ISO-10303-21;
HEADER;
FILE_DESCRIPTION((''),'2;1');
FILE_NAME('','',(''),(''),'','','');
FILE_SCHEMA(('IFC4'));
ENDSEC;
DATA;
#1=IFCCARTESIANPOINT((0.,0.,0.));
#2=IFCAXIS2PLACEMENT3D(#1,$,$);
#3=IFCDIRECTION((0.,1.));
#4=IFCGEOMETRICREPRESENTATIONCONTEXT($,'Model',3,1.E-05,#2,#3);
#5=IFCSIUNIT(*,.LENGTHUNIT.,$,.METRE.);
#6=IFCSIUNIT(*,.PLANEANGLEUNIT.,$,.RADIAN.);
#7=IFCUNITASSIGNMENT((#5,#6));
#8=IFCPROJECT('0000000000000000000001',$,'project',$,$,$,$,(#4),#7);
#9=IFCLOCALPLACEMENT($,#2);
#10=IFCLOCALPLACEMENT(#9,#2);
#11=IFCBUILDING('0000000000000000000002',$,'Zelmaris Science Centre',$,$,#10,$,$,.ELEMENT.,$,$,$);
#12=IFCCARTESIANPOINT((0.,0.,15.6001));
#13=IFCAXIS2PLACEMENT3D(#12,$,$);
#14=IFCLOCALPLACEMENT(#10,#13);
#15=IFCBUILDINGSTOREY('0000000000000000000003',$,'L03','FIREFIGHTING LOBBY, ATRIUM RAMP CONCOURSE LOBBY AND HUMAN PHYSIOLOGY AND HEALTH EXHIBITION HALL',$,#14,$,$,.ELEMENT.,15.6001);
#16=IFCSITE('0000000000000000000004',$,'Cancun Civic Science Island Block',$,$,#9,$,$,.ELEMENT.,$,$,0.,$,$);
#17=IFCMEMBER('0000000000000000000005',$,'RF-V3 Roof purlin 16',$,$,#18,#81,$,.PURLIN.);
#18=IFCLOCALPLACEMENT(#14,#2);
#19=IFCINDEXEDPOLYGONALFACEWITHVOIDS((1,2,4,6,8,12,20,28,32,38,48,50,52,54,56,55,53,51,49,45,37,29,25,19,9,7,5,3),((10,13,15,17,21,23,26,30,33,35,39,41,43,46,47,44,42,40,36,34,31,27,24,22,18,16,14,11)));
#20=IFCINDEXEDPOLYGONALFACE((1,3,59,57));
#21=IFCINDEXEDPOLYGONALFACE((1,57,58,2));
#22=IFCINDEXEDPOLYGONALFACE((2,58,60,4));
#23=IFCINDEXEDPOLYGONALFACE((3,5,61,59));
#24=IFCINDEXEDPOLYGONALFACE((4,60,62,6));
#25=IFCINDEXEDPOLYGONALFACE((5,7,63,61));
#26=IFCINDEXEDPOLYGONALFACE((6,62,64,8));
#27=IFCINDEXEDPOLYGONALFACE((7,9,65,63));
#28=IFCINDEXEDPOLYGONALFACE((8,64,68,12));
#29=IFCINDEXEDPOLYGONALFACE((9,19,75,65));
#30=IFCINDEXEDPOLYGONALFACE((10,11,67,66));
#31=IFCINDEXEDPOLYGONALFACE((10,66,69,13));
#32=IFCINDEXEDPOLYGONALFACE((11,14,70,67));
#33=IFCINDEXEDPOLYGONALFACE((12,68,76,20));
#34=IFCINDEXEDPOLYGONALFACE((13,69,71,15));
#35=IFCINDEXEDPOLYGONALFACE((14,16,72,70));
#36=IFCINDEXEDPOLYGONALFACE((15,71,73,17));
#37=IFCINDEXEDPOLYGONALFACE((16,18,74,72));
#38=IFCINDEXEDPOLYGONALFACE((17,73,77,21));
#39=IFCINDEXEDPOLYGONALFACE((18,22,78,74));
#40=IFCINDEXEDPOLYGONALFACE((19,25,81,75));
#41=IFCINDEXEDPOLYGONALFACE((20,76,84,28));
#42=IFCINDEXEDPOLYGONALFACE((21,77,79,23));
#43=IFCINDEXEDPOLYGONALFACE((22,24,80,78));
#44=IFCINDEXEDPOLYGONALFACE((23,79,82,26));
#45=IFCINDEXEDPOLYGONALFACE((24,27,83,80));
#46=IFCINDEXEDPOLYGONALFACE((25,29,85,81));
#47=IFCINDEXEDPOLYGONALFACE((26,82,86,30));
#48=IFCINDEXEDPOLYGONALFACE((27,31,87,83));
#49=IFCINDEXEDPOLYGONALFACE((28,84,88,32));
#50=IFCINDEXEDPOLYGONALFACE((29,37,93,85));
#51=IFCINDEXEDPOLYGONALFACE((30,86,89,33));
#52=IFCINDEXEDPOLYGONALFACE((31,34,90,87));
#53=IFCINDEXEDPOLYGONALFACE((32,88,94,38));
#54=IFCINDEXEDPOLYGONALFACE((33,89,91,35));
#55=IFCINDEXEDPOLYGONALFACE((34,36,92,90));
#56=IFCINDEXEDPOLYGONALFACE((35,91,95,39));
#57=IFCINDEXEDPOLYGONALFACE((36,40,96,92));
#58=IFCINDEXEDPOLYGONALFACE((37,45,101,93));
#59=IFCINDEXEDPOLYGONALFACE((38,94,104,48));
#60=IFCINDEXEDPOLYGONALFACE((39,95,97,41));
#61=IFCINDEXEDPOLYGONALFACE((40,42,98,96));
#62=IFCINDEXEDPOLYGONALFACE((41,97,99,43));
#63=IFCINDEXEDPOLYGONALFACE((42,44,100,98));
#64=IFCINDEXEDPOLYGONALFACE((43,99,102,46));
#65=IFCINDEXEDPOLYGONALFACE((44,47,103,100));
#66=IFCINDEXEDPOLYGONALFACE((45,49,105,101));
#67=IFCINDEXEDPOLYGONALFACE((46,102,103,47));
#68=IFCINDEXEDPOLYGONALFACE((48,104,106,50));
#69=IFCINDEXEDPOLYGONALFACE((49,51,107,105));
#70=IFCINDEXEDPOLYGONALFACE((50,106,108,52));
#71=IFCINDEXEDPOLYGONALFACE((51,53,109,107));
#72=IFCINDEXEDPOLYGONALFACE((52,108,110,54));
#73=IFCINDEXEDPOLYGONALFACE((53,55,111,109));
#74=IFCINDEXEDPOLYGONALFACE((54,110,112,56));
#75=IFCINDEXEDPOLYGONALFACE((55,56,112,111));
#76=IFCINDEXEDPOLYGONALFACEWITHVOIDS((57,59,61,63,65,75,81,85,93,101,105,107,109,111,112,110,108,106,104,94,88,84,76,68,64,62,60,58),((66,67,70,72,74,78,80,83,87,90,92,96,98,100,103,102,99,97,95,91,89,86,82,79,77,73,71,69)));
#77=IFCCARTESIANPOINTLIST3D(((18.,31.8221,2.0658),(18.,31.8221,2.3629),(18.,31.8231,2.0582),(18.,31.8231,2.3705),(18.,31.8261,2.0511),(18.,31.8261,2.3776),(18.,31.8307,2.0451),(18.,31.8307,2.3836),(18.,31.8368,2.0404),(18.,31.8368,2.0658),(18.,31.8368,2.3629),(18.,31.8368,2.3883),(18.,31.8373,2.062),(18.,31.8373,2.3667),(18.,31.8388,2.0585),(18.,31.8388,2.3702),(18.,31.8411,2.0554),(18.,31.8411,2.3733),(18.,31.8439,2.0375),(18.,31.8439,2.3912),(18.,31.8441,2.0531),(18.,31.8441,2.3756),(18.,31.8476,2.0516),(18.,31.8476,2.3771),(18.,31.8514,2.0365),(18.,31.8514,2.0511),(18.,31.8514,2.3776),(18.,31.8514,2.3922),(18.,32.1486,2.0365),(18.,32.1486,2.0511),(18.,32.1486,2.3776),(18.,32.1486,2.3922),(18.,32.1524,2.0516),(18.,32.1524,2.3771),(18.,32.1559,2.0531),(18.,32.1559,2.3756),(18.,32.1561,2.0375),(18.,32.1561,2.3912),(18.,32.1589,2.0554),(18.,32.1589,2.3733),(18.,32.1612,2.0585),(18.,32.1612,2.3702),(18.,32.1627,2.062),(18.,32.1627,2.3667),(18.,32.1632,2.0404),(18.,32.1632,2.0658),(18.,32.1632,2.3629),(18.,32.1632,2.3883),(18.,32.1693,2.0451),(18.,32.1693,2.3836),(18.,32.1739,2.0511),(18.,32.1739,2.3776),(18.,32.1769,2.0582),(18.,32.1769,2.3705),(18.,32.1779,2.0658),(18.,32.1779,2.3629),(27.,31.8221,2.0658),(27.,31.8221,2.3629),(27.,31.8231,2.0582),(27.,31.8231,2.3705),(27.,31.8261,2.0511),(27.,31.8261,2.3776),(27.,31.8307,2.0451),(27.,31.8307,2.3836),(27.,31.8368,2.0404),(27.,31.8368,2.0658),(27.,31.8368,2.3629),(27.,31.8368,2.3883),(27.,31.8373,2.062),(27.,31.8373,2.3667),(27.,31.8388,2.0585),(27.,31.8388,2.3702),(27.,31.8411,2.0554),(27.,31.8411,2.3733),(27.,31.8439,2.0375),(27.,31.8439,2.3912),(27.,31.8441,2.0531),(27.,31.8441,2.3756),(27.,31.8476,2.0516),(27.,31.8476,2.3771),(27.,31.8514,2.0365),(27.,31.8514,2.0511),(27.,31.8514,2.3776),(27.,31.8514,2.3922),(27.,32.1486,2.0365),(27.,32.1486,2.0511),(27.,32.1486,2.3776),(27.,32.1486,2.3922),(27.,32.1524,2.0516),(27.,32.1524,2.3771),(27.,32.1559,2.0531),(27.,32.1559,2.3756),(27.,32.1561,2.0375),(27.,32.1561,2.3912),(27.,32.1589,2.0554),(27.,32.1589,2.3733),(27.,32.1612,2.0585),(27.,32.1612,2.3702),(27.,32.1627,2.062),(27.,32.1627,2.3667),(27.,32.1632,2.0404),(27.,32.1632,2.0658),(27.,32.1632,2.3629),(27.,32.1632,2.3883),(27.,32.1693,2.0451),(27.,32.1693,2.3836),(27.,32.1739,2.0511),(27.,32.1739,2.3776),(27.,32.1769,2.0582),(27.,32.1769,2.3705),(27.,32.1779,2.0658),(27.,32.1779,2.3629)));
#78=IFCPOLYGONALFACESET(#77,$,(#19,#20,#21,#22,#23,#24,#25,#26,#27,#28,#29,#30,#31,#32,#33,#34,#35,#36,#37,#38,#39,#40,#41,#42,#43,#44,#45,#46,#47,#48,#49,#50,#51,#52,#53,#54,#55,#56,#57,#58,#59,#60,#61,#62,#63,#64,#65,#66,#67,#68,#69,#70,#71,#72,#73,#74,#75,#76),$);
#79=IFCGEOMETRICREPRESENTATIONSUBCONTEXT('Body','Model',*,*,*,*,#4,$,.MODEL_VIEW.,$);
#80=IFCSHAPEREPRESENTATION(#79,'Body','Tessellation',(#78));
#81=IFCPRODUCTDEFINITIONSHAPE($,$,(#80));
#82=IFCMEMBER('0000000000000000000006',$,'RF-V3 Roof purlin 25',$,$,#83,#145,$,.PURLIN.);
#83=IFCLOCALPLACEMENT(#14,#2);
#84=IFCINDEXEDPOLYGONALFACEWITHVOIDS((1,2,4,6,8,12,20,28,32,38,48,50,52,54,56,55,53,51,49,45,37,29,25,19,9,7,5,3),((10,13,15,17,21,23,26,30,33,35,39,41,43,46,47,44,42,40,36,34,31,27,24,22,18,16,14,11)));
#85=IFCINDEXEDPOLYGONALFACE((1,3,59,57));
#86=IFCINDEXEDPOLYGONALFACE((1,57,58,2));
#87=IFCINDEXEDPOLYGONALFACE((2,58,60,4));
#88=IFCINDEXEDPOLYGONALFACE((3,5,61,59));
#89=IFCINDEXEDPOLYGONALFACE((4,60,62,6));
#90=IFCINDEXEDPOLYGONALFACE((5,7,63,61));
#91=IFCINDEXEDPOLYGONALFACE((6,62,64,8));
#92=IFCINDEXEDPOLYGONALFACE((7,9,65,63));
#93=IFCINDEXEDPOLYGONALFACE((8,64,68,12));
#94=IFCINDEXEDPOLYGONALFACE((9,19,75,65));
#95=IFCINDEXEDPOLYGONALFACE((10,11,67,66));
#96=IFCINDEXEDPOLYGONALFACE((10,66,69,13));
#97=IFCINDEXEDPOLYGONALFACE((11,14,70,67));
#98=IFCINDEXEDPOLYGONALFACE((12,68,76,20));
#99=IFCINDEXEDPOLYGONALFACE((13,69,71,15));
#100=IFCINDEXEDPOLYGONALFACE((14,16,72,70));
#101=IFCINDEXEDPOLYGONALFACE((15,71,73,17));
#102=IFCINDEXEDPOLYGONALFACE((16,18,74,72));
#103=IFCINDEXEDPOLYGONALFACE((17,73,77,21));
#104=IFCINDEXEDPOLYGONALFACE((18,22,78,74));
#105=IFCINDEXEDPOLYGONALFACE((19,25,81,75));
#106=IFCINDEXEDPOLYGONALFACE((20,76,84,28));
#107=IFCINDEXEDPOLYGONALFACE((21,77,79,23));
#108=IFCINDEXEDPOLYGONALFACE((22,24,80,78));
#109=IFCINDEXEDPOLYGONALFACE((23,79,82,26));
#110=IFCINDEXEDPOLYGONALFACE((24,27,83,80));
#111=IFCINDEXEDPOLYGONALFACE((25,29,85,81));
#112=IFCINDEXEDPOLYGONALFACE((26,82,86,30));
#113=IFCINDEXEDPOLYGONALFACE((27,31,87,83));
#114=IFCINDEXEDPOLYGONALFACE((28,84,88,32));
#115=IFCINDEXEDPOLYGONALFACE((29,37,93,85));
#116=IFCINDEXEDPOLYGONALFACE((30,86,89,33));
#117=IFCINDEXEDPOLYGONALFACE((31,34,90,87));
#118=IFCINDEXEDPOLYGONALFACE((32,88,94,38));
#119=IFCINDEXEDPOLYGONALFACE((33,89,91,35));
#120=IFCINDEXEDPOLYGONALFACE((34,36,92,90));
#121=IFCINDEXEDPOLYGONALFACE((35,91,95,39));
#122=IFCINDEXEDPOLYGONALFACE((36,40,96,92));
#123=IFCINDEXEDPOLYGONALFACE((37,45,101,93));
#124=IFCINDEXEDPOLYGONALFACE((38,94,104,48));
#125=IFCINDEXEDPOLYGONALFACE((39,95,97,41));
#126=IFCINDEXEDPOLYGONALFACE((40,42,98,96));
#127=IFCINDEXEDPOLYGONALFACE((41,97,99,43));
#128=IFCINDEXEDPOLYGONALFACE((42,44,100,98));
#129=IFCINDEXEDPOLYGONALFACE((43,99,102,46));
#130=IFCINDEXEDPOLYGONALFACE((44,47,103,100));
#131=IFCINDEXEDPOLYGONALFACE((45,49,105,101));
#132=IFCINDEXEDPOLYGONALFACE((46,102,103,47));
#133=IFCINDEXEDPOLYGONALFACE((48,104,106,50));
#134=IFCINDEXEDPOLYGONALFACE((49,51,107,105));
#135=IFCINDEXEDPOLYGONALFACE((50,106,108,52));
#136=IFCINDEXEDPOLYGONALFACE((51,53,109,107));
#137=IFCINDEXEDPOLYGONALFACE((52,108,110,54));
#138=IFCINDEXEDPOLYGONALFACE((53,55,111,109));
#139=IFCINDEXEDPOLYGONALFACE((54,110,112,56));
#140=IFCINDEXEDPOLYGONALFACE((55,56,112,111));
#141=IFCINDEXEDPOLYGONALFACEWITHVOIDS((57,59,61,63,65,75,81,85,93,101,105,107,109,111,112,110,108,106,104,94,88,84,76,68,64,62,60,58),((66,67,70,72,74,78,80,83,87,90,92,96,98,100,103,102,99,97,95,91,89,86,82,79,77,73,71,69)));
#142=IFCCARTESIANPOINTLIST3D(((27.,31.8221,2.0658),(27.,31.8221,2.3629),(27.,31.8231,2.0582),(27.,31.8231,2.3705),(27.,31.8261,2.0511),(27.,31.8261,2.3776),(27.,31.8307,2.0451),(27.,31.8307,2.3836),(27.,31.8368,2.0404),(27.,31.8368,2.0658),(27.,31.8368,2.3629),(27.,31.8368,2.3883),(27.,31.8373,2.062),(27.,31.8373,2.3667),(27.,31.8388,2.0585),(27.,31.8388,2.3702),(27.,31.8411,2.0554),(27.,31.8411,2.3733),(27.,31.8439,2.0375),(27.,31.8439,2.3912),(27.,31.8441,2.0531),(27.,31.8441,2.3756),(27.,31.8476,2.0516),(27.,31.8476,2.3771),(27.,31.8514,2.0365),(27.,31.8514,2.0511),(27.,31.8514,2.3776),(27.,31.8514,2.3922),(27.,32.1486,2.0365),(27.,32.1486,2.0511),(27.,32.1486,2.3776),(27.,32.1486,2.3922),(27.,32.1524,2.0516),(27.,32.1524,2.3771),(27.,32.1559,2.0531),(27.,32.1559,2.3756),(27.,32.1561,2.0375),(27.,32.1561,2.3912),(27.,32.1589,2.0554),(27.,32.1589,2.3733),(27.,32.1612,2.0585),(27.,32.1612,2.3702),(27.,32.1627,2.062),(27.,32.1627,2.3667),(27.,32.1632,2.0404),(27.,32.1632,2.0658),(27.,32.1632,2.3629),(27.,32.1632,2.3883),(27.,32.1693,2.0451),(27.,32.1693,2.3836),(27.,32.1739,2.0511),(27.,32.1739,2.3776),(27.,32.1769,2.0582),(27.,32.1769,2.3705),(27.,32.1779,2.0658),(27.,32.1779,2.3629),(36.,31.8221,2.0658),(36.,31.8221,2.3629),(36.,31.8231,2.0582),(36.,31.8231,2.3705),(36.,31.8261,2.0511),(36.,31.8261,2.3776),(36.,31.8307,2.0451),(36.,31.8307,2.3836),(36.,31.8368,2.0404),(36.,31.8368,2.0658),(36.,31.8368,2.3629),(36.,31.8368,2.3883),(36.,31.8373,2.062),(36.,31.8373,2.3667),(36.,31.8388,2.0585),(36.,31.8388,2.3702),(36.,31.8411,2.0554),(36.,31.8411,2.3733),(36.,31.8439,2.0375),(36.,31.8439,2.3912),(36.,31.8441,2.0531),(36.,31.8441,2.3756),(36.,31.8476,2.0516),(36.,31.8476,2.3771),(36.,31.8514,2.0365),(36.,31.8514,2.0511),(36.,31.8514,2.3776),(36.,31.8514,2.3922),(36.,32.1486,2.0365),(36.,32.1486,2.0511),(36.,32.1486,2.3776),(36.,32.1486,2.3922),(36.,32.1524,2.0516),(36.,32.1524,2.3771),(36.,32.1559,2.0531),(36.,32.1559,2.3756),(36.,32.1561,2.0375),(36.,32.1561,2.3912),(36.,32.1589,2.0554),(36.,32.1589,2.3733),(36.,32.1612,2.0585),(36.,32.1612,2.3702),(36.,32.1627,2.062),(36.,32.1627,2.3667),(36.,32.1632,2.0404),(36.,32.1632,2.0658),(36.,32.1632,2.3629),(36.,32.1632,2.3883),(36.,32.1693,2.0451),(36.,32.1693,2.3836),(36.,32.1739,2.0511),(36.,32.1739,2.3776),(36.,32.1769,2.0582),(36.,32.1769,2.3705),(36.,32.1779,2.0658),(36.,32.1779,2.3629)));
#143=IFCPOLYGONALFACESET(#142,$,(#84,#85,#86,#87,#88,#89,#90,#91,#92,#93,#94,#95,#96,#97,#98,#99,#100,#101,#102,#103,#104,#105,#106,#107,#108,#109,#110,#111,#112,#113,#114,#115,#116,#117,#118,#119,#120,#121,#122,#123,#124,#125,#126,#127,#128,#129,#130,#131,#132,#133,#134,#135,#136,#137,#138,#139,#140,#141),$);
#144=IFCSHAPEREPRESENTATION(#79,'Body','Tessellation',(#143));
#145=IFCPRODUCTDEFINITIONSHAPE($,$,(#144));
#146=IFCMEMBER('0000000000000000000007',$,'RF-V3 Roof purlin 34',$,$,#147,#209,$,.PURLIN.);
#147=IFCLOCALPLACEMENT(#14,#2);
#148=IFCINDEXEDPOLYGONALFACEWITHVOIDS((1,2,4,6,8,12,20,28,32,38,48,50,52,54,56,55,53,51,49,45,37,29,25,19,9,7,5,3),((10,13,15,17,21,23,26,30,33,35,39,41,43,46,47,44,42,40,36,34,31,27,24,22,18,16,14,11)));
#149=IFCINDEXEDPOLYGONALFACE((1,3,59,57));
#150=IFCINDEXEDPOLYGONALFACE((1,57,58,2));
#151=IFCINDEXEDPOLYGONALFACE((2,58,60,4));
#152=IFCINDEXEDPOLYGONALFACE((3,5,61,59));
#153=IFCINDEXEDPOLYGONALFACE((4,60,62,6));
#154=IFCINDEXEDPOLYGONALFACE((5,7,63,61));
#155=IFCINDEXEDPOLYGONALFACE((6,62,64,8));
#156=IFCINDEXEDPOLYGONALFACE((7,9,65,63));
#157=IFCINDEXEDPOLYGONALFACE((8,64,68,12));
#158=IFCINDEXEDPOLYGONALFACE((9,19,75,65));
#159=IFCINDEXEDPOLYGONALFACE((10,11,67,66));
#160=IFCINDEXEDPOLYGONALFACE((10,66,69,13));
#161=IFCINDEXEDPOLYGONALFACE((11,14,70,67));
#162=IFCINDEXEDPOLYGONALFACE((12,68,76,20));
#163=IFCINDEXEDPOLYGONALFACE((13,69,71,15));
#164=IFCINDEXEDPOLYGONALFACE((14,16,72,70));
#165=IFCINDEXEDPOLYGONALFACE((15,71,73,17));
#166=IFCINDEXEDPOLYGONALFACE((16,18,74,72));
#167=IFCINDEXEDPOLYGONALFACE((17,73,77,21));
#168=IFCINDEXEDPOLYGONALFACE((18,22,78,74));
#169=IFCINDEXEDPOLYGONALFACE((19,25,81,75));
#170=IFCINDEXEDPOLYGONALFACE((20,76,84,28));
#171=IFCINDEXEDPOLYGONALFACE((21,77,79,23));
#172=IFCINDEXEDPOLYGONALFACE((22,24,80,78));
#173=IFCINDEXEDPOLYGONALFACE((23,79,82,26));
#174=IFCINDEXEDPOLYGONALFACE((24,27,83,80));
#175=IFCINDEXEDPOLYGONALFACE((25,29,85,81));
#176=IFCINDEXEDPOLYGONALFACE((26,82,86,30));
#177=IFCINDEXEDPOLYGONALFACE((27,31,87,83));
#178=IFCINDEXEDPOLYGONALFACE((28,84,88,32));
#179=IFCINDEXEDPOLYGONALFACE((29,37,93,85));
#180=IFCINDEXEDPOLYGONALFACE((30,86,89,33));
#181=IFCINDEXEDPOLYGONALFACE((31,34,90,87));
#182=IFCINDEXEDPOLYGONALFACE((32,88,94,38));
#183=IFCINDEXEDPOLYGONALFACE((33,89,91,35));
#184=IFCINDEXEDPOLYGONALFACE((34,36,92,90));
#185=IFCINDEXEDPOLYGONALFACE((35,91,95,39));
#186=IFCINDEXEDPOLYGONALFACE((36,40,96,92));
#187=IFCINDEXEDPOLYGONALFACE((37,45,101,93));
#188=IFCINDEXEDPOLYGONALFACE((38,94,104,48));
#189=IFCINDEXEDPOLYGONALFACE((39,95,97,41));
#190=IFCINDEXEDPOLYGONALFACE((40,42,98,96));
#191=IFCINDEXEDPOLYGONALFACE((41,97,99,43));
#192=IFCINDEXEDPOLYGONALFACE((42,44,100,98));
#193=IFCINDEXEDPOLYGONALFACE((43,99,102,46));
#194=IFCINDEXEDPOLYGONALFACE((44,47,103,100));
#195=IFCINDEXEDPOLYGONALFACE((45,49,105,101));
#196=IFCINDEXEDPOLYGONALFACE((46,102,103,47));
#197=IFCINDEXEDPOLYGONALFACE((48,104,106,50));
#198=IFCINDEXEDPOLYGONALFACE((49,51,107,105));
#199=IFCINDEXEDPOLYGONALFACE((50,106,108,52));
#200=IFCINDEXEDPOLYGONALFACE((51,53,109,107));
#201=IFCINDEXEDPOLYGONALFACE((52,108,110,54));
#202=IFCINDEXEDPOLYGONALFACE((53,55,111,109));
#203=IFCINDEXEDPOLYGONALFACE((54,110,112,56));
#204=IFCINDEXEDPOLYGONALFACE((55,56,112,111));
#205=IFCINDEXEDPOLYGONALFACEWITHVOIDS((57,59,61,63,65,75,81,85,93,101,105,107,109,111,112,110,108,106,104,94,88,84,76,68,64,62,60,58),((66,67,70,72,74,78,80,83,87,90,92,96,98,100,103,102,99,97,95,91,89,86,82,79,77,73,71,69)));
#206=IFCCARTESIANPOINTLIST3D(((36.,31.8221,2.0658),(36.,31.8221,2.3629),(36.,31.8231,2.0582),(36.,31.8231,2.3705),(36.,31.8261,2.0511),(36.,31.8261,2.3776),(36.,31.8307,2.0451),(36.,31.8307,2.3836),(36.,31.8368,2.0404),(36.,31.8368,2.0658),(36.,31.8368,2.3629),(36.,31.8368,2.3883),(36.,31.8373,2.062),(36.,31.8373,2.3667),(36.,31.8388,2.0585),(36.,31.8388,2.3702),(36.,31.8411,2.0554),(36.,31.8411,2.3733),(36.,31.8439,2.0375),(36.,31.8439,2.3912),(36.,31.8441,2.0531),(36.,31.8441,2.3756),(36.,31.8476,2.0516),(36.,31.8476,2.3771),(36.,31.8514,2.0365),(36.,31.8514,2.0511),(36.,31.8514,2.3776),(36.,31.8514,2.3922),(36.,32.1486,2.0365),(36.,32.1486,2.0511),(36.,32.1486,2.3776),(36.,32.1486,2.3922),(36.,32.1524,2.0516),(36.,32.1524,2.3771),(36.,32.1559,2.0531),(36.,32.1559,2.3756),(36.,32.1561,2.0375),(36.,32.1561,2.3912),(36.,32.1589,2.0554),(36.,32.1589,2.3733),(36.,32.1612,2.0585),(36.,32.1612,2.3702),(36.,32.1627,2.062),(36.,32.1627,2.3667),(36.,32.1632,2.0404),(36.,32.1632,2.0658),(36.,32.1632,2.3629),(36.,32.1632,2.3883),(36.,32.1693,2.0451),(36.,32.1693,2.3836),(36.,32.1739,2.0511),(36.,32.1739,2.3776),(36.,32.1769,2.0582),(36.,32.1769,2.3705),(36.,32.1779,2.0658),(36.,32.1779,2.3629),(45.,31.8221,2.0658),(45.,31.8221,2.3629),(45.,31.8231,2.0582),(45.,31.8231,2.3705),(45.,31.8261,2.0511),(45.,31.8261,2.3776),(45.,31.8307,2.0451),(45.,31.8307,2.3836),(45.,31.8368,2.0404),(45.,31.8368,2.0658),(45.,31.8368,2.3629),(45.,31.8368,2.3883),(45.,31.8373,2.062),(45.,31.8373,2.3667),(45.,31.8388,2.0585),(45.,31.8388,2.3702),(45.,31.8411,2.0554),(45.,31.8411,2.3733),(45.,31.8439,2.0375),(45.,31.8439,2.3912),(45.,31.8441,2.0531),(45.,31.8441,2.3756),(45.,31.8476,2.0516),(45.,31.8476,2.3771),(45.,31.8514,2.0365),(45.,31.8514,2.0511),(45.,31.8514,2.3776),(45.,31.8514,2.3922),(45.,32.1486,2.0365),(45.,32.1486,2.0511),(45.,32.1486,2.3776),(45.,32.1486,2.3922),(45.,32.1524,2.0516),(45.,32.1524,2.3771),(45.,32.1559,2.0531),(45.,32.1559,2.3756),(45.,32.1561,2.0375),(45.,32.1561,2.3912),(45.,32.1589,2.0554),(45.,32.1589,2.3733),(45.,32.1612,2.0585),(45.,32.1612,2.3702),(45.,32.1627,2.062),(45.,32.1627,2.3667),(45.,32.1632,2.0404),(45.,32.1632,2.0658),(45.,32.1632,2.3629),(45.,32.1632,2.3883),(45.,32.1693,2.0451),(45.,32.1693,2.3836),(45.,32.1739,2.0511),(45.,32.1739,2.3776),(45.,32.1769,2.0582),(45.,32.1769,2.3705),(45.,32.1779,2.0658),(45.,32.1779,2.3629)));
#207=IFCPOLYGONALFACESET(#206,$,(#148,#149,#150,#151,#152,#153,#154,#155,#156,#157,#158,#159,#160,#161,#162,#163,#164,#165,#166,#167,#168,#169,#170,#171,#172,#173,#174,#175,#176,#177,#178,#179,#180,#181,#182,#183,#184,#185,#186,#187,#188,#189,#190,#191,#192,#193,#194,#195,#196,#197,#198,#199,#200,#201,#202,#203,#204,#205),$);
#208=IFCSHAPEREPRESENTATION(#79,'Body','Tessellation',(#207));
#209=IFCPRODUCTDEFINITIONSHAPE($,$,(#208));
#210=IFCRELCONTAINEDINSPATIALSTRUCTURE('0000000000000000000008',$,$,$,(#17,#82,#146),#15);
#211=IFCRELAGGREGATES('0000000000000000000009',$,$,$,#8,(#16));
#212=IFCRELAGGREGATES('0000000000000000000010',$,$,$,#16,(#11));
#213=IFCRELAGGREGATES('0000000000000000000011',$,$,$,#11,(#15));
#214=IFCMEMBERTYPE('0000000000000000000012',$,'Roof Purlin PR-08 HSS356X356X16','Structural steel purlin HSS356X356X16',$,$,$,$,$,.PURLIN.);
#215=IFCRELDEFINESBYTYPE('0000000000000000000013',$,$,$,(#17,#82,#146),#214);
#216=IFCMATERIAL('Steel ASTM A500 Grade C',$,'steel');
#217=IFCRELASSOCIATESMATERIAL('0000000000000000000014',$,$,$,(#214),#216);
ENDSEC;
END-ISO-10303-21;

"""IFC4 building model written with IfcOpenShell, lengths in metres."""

from ifc_helpers import new_model, si_unit, direction, frame, origin, origin_2d, place, context, subcontext, project, spatial, hollow_rectangle, extrude, material, material_profile, profile_set, type_object, element, save


model = new_model("IFC4")

# Units and contexts
model_context = context("Model", 3, precision=1e-05, world=origin(), true_north=direction((0.0, 1.0)))
body_context = subcontext(model_context, "Body", "Model", "MODEL_VIEW")
ifc_project = project(units=[si_unit("LENGTHUNIT", "METRE"), si_unit("PLANEANGLEUNIT", "RADIAN")], contexts=[model_context])

# Site, building, storey
site_placement = place(None, origin())
site = spatial("IfcSite", under=ifc_project, at=site_placement, Name="Cancun Civic Science Island Block", CompositionType="ELEMENT", RefElevation=0.0)
building_placement = place(site_placement, origin())
building = spatial("IfcBuilding", under=site, at=building_placement, Name="Zelmaris Science Centre", CompositionType="ELEMENT")
storey_placement = place(building_placement, frame((0.0, 0.0, 15.6001)))
storey = spatial("IfcBuildingStorey", under=building, at=storey_placement, Name="L03", Description="FIREFIGHTING LOBBY, ATRIUM RAMP CONCOURSE LOBBY AND HUMAN PHYSIOLOGY AND HEALTH EXHIBITION HALL", CompositionType="ELEMENT", Elevation=15.6001)

# Shared definitions
ifc_material_1 = material(Name="Steel ASTM A500 Grade C", Category="steel")

# Members
ifc_material_profile_1 = material_profile(ifc_material_1, hollow_rectangle(XDim=0.3557, YDim=0.3557, WallThickness=0.0146, InnerFilletRadius=0.0146, OuterFilletRadius=0.0293, at=origin_2d()), Name="HSS356X356X16")
ifc_profile_set_1 = profile_set([ifc_material_profile_1], Name="Steel ASTM A500 Grade C")
member_type_1 = type_object("IfcMemberType", Name="Roof Purlin PR-08 HSS356X356X16", Description="Structural steel purlin HSS356X356X16", PredefinedType="PURLIN", material=ifc_profile_set_1)
for number, where, z_axis, x_axis, name in (
    (1, (18.0, 32.0, 2.2144), (1.0, 0.0, 0.0), (0.0, 1.0, 0.0), "RF-V3 Roof purlin 16"),
    (2, (27.0, 32.0, 2.2144), (1.0, 0.0, 0.0), (0.0, 1.0, 0.0), "RF-V3 Roof purlin 25"),
    (3, (36.0, 32.0, 2.2144), (1.0, 0.0, 0.0), (0.0, 1.0, 0.0), "RF-V3 Roof purlin 34"),
):
    element("IfcMember", number, at=place(storey_placement, frame(where, z_axis=z_axis, x_axis=x_axis)), inside=storey, type_object=member_type_1, Name=name, PredefinedType="PURLIN", context=body_context, shape_type="SweptSolid", body=[
        extrude(hollow_rectangle(XDim=0.3557, YDim=0.3557, WallThickness=0.0146, InnerFilletRadius=0.0146, OuterFilletRadius=0.0293, at=origin_2d()), origin(), (0.0, 0.0, 1.0), 9.0),
    ])

save(model, "model.ifc")
